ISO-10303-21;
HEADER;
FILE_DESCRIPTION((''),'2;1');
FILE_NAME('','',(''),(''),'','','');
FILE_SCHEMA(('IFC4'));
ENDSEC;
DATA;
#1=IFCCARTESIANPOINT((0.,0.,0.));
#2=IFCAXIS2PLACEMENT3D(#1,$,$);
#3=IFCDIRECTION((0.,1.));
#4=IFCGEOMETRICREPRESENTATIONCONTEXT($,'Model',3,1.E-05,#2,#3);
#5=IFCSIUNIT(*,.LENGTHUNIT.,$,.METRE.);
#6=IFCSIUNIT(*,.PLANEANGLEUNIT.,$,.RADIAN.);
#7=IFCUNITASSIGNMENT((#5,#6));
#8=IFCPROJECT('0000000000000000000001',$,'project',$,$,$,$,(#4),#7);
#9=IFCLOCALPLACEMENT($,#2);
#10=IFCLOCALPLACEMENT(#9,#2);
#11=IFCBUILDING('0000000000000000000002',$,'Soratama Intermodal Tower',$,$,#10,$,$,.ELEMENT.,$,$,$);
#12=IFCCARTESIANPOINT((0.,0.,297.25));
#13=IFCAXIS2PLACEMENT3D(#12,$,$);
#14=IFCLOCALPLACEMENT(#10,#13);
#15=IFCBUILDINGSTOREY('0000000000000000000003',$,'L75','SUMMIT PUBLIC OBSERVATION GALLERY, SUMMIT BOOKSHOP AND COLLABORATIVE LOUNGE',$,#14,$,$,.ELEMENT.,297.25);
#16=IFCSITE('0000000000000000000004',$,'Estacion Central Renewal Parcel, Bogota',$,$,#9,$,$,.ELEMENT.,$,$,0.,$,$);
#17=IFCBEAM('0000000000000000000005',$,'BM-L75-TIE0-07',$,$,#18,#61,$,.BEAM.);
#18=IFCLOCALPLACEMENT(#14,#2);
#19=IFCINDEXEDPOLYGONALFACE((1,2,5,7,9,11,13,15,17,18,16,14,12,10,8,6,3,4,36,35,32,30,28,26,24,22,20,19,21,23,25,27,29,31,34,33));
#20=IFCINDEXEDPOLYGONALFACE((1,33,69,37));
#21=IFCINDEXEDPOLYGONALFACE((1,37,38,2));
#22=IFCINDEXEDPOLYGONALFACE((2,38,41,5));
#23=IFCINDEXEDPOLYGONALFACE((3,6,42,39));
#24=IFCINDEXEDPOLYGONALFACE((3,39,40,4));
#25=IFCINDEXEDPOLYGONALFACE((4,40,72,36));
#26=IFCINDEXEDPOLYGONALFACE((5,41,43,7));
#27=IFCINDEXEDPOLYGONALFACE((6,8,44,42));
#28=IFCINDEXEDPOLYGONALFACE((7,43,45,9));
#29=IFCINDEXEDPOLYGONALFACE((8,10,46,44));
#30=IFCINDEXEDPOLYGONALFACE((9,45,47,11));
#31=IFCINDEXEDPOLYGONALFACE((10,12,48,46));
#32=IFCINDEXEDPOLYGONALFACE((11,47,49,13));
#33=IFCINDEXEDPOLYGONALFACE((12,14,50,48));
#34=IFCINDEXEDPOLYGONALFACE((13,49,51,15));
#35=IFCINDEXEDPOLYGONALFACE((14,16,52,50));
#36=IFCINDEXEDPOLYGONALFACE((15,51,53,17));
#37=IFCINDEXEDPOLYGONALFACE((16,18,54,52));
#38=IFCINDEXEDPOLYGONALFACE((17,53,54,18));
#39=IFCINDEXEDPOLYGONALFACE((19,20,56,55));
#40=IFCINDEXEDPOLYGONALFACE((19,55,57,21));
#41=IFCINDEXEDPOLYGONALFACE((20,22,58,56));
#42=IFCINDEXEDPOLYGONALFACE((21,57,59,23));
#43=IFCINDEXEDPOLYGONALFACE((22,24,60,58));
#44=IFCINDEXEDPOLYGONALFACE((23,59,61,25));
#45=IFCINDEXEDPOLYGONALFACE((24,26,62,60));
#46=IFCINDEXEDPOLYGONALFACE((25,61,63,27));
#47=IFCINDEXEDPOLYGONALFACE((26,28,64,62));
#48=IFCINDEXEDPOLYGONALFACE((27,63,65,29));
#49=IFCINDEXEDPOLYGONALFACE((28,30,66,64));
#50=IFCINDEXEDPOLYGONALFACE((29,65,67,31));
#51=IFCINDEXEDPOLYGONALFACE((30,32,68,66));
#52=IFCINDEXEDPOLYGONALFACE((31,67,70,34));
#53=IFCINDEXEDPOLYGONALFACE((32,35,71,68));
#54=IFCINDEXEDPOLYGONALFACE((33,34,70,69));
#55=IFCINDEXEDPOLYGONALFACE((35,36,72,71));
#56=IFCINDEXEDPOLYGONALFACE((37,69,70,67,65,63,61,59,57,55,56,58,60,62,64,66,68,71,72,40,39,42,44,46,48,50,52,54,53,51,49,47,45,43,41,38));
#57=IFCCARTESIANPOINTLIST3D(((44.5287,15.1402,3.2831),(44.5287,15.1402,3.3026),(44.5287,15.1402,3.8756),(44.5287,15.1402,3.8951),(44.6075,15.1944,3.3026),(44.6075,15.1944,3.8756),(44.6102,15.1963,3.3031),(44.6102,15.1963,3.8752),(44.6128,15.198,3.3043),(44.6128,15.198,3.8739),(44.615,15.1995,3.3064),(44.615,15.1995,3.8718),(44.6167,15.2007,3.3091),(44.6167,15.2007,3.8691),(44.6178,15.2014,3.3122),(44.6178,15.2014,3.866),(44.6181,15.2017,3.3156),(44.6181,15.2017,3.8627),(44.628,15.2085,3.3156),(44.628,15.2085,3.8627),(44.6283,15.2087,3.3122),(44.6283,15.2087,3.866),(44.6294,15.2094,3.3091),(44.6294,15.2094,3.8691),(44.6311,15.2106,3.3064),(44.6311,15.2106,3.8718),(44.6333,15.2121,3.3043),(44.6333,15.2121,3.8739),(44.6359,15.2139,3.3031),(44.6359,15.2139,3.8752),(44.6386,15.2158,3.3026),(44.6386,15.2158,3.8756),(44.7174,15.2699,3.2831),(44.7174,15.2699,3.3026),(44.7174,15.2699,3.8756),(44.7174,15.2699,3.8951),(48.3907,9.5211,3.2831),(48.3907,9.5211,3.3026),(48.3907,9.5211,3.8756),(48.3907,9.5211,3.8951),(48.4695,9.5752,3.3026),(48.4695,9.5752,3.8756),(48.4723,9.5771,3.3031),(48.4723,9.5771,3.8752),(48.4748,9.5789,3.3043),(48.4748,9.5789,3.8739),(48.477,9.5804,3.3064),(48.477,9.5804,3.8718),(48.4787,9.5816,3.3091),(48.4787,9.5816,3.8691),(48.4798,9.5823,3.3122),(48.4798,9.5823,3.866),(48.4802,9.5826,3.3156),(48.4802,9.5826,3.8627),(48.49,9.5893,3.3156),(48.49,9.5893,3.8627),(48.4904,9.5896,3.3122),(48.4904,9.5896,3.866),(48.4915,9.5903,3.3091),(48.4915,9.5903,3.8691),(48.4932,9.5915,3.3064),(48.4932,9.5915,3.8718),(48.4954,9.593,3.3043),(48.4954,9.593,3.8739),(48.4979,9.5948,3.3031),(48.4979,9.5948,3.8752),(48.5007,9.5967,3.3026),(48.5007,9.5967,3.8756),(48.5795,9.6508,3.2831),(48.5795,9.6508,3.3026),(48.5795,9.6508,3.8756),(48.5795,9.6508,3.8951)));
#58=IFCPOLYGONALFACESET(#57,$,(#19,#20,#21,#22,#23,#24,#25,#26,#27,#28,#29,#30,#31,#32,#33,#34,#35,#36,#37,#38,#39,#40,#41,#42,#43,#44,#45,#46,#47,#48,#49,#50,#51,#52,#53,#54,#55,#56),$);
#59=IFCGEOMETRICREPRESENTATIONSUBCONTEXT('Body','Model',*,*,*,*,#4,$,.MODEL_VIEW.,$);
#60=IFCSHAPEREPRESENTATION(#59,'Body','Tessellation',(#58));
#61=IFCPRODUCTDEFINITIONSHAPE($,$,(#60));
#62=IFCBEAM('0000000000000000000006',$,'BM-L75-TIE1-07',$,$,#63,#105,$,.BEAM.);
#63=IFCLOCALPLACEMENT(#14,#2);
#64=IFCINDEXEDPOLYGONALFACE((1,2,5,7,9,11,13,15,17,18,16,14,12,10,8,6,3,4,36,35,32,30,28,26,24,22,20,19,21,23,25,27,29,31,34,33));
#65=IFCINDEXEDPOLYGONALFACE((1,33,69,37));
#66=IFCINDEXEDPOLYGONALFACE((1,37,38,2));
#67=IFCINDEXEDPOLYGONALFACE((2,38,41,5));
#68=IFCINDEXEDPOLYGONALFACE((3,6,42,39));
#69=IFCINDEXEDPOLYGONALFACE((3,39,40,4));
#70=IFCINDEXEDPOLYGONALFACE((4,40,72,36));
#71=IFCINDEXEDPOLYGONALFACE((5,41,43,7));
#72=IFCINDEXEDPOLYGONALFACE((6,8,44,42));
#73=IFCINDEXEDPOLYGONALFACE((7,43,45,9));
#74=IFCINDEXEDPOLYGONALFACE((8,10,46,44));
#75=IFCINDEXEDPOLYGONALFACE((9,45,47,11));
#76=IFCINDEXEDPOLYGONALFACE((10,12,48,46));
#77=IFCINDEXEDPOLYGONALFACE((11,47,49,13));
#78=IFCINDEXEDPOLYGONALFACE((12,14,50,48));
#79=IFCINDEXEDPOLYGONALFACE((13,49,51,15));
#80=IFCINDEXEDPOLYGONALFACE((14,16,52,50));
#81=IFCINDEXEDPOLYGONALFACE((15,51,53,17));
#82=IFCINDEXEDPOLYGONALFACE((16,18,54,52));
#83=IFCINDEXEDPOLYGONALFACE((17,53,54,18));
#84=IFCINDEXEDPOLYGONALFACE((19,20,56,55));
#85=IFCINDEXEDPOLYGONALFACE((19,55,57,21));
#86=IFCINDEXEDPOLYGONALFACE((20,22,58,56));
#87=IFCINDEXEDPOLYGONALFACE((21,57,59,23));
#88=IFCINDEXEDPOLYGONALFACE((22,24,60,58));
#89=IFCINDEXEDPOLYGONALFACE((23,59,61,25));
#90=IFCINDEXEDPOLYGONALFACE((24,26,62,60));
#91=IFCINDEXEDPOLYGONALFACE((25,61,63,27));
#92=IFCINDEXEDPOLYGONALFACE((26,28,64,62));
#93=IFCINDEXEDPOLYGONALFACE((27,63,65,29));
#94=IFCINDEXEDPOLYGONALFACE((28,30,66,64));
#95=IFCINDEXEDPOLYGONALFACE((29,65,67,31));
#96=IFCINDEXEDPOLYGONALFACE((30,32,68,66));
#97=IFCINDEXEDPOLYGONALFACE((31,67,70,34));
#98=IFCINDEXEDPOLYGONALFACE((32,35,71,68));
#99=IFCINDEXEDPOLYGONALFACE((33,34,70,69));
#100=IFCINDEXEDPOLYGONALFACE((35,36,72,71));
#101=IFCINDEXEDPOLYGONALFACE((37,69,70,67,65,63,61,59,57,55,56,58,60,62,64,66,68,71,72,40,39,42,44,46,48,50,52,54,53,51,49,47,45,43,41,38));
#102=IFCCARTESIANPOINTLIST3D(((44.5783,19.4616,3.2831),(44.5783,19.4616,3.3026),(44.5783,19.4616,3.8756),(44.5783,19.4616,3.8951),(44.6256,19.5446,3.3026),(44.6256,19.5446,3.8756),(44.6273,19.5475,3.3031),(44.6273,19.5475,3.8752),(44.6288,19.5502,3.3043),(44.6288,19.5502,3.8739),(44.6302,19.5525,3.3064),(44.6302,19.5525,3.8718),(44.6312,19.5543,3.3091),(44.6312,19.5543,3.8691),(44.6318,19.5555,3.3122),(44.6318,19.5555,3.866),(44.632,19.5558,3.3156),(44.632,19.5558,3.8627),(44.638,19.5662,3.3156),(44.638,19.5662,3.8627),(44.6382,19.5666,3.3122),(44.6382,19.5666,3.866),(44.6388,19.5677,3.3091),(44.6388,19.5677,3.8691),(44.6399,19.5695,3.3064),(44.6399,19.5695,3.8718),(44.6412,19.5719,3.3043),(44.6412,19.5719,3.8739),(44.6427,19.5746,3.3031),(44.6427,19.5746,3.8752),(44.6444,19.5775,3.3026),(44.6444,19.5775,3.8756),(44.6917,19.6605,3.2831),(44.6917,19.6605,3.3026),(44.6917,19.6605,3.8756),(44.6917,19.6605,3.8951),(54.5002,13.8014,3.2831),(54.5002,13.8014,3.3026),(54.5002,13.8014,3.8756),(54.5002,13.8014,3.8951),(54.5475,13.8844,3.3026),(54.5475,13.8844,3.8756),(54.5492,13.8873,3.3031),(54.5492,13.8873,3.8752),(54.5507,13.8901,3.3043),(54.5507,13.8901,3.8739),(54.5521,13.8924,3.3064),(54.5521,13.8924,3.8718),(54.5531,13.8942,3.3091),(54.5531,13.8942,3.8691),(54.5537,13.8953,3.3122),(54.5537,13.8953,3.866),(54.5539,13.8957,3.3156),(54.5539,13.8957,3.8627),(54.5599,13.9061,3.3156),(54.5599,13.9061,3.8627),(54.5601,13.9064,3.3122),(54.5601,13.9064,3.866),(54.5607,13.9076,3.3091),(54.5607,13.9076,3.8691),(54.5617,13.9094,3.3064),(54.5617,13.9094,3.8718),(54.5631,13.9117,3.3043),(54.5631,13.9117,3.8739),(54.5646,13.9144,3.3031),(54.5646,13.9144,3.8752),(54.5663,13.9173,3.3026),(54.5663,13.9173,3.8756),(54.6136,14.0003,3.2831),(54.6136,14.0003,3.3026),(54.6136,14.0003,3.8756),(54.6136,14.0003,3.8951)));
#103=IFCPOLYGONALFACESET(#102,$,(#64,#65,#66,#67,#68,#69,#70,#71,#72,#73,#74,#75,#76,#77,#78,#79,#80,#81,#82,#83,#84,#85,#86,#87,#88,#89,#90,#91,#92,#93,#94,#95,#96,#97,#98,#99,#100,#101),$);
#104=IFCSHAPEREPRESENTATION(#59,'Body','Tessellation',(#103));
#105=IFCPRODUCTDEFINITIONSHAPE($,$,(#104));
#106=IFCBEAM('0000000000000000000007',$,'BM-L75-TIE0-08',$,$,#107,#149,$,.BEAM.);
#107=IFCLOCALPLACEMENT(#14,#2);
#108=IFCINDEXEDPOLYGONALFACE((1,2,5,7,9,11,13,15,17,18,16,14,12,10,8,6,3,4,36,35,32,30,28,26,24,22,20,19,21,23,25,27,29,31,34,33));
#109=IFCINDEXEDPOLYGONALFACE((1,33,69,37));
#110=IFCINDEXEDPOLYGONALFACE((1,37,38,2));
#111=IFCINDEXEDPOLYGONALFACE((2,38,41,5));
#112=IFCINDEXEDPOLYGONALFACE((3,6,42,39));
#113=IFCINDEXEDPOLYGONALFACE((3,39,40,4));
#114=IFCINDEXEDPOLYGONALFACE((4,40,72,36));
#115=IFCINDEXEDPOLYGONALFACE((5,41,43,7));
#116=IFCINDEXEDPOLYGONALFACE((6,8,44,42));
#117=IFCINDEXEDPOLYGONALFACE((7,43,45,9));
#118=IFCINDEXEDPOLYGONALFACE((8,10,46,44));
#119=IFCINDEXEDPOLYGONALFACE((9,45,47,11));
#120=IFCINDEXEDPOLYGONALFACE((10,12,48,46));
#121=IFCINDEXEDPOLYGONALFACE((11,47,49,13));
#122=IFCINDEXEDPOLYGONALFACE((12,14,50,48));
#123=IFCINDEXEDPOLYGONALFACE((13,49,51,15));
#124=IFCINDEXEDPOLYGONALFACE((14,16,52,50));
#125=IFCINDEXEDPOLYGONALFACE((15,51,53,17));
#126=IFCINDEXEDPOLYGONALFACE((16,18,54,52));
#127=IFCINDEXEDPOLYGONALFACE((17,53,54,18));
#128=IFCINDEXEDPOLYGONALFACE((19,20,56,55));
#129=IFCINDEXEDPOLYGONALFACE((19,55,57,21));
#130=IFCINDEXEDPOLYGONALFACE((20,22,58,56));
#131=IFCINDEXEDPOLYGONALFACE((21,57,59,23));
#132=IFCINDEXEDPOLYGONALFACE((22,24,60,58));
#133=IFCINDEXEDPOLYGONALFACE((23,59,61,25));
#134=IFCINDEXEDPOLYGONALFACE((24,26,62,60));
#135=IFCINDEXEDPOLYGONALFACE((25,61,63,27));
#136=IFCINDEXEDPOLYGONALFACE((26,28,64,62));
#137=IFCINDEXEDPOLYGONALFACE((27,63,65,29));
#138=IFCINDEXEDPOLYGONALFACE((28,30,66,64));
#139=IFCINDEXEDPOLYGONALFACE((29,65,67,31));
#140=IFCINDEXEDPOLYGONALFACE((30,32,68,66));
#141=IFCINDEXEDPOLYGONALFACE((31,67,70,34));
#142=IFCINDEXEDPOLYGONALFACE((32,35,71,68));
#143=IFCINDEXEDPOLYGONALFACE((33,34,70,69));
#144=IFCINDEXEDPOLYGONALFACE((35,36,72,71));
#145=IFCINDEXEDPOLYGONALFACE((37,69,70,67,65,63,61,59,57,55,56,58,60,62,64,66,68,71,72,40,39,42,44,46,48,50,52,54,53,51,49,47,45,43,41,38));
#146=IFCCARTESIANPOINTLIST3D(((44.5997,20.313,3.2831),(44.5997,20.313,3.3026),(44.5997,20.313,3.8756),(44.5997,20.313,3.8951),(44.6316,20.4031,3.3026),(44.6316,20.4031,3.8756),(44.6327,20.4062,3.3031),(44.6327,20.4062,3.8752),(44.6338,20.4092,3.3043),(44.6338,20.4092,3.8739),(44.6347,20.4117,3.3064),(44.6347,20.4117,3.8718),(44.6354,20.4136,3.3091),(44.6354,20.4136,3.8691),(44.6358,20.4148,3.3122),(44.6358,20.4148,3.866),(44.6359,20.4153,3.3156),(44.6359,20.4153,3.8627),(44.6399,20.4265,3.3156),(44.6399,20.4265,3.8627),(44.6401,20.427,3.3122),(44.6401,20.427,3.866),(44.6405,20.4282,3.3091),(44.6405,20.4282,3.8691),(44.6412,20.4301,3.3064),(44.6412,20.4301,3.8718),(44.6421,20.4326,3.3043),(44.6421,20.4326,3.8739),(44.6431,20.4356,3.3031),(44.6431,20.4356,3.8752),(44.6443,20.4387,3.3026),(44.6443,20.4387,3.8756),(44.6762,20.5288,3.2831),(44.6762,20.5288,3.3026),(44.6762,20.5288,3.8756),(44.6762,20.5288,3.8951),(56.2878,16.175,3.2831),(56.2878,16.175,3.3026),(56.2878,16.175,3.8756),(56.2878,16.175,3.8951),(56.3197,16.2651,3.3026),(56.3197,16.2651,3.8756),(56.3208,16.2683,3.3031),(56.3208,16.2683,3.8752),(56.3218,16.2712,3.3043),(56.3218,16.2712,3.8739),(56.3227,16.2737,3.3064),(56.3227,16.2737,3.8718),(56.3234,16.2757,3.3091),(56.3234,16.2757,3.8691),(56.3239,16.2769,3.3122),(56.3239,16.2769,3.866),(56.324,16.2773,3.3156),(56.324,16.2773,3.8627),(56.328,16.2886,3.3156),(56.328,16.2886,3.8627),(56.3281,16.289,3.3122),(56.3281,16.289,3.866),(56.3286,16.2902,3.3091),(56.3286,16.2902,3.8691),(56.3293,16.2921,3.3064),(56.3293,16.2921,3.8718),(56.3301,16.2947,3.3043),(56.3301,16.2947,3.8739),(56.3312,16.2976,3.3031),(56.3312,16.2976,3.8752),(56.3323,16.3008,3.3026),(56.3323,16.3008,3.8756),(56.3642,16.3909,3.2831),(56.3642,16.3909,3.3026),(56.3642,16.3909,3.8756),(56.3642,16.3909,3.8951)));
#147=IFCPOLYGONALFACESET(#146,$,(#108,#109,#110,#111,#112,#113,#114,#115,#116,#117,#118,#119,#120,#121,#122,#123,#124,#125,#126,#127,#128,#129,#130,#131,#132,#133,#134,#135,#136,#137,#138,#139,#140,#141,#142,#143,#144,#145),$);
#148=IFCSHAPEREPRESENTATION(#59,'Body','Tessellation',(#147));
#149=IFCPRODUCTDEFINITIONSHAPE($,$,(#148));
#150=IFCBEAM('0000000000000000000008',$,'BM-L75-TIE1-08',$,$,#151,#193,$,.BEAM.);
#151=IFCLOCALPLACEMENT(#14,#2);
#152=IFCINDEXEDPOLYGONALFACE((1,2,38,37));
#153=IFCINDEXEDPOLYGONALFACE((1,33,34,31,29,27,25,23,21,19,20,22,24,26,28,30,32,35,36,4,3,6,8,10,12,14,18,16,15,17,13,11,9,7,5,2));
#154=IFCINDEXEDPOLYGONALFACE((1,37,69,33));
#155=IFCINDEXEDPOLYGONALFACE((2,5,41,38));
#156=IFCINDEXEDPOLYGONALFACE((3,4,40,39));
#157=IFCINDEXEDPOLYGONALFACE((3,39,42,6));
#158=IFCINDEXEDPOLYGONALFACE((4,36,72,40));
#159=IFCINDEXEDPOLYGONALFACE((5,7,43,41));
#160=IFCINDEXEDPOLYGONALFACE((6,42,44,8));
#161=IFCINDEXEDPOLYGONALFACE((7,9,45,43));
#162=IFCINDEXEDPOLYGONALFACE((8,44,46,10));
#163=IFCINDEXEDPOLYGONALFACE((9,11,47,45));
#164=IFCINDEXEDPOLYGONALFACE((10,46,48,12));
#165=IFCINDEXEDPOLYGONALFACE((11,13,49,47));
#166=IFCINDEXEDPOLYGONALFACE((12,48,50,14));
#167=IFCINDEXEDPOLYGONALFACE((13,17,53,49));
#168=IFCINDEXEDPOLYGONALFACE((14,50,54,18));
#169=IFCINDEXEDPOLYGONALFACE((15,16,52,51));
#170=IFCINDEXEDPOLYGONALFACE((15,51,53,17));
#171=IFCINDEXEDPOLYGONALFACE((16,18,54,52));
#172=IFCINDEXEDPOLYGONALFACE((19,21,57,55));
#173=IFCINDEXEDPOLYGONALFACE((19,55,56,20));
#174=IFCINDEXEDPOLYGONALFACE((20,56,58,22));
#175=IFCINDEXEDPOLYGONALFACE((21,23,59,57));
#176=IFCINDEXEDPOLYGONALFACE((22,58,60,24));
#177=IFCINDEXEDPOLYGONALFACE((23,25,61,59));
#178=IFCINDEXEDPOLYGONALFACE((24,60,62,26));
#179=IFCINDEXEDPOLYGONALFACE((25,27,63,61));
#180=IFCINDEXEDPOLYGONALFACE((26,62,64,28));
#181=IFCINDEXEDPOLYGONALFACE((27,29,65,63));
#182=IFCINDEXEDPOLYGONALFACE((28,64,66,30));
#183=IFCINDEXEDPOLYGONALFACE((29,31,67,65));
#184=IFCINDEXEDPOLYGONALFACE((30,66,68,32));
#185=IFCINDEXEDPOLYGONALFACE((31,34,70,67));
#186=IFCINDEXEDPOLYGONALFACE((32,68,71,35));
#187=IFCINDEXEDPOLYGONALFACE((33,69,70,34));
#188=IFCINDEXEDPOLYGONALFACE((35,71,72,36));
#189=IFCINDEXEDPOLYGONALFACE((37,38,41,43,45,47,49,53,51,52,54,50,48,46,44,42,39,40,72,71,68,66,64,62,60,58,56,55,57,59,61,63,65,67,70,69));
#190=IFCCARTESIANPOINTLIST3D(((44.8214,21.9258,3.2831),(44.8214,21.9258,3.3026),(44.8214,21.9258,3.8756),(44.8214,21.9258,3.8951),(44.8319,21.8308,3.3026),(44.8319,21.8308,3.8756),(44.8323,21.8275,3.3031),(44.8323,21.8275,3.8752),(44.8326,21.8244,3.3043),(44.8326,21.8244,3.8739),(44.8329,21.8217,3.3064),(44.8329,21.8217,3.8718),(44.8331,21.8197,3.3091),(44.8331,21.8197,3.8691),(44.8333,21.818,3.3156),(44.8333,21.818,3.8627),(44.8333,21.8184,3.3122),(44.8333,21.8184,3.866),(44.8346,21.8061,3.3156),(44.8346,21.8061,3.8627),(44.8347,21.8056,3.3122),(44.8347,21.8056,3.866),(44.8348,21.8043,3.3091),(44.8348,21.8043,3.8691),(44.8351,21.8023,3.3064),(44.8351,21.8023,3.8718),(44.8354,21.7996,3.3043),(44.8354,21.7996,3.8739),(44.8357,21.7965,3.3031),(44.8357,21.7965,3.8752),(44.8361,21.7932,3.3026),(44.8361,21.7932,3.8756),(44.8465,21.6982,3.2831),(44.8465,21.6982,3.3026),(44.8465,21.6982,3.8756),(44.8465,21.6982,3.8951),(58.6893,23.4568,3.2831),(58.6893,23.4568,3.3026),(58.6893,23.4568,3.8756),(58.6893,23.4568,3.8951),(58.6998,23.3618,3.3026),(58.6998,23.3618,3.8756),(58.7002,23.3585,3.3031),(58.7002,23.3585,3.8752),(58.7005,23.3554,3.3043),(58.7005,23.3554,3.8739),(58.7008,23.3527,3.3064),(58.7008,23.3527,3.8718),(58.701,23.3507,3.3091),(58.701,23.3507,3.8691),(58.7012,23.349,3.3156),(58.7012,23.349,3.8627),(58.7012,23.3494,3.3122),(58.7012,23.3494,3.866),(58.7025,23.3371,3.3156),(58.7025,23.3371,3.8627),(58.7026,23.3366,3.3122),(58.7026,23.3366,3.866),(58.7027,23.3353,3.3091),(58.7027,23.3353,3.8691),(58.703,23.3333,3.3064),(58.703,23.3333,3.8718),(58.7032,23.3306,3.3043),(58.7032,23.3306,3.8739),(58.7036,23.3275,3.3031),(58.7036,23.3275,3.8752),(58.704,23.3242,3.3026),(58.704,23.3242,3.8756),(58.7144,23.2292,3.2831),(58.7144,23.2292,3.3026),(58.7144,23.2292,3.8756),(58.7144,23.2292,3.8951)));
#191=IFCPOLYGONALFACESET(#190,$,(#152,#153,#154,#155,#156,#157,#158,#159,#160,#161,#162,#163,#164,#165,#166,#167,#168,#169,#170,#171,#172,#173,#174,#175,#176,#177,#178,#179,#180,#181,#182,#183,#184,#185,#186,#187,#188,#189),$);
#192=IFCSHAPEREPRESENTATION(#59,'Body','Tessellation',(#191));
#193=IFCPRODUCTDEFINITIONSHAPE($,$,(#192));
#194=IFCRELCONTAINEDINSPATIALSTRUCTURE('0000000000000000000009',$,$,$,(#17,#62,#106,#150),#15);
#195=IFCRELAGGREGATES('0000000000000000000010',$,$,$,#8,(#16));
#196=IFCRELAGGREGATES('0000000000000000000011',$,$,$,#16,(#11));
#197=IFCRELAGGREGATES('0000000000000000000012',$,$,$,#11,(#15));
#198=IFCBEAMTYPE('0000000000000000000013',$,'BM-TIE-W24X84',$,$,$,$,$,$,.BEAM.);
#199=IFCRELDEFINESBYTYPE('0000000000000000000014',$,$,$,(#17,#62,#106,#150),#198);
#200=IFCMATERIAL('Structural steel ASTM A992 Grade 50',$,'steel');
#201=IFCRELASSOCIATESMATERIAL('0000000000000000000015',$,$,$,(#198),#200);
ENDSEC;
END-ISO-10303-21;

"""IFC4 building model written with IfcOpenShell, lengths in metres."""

from ifc_helpers import new_model, si_unit, direction, frame, origin, origin_2d, place, context, subcontext, project, spatial, i_section, extrude, material, material_profile, profile_set, type_object, element, save


model = new_model("IFC4")

# Units and contexts
model_context = context("Model", 3, precision=1e-05, world=origin(), true_north=direction((0.0, 1.0)))
body_context = subcontext(model_context, "Body", "Model", "MODEL_VIEW")
ifc_project = project(units=[si_unit("LENGTHUNIT", "METRE"), si_unit("PLANEANGLEUNIT", "RADIAN")], contexts=[model_context])

# Site, building, storey
site_placement = place(None, origin())
site = spatial("IfcSite", under=ifc_project, at=site_placement, Name="Estacion Central Renewal Parcel, Bogota", CompositionType="ELEMENT", RefElevation=0.0)
building_placement = place(site_placement, origin())
building = spatial("IfcBuilding", under=site, at=building_placement, Name="Soratama Intermodal Tower", CompositionType="ELEMENT")
storey_placement = place(building_placement, frame((0.0, 0.0, 297.25)))
storey = spatial("IfcBuildingStorey", under=building, at=storey_placement, Name="L75", Description="SUMMIT PUBLIC OBSERVATION GALLERY, SUMMIT BOOKSHOP AND COLLABORATIVE LOUNGE", CompositionType="ELEMENT", Elevation=297.25)

# Beams
ifc_material_1 = material(Name="Structural steel ASTM A992 Grade 50", Category="steel")
ifc_material_profile_1 = material_profile(ifc_material_1, i_section(OverallWidth=0.229, OverallDepth=0.6121, WebThickness=0.012, FlangeThickness=0.0195, FilletRadius=0.0129, at=origin_2d()), Name="W24X84")
ifc_profile_set_1 = profile_set([ifc_material_profile_1], Name="Structural steel ASTM A992 Grade 50")
beam_type_1 = type_object("IfcBeamType", Name="BM-TIE-W24X84", PredefinedType="BEAM", material=ifc_profile_set_1)
beam_1_placement = place(storey_placement, frame((44.623, 15.2051, 3.5891), z_axis=(0.566419, -0.824117, 0.0), x_axis=(0.824117, 0.566419, 0.0)))
element("IfcBeam", 1, at=beam_1_placement, inside=storey, type_object=beam_type_1, Name="BM-L75-TIE0-07", PredefinedType="BEAM", context=body_context, shape_type="SweptSolid", body=[
    extrude(i_section(OverallWidth=0.229, OverallDepth=0.6121, WebThickness=0.012, FlangeThickness=0.0195, FilletRadius=0.0129, at=origin_2d()), origin(), (0.0, 0.0, 1.0), 6.8184),
])
beam_2_placement = place(storey_placement, frame((44.635, 19.561, 3.5891), z_axis=(0.868601, -0.495513, 0.0), x_axis=(0.495513, 0.868601, 0.0)))
element("IfcBeam", 2, at=beam_2_placement, inside=storey, type_object=beam_type_1, Name="BM-L75-TIE1-07", PredefinedType="BEAM", context=body_context, shape_type="SweptSolid", body=[
    extrude(i_section(OverallWidth=0.229, OverallDepth=0.6121, WebThickness=0.012, FlangeThickness=0.0195, FilletRadius=0.0129, at=origin_2d()), origin(), (0.0, 0.0, 1.0), 11.4229),
])
beam_3_placement = place(storey_placement, frame((44.6379, 20.4209, 3.5891), z_axis=(0.942667, -0.333736, 0.0), x_axis=(0.333736, 0.942667, 0.0)))
element("IfcBeam", 3, at=beam_3_placement, inside=storey, type_object=beam_type_1, Name="BM-L75-TIE0-08", PredefinedType="BEAM", context=body_context, shape_type="SweptSolid", body=[
    extrude(i_section(OverallWidth=0.229, OverallDepth=0.6121, WebThickness=0.012, FlangeThickness=0.0195, FilletRadius=0.0129, at=origin_2d()), origin(), (0.0, 0.0, 1.0), 12.3989),
])
beam_4_placement = place(storey_placement, frame((44.834, 21.812, 3.5891), z_axis=(0.993961, 0.109732, 0.0), x_axis=(-0.109732, 0.993961, 0.0)))
element("IfcBeam", 4, at=beam_4_placement, inside=storey, type_object=beam_type_1, Name="BM-L75-TIE1-08", PredefinedType="BEAM", context=body_context, shape_type="SweptSolid", body=[
    extrude(i_section(OverallWidth=0.229, OverallDepth=0.6121, WebThickness=0.012, FlangeThickness=0.0195, FilletRadius=0.0129, at=origin_2d()), origin(), (0.0, 0.0, 1.0), 13.9521),
])

save(model, "model.ifc")
